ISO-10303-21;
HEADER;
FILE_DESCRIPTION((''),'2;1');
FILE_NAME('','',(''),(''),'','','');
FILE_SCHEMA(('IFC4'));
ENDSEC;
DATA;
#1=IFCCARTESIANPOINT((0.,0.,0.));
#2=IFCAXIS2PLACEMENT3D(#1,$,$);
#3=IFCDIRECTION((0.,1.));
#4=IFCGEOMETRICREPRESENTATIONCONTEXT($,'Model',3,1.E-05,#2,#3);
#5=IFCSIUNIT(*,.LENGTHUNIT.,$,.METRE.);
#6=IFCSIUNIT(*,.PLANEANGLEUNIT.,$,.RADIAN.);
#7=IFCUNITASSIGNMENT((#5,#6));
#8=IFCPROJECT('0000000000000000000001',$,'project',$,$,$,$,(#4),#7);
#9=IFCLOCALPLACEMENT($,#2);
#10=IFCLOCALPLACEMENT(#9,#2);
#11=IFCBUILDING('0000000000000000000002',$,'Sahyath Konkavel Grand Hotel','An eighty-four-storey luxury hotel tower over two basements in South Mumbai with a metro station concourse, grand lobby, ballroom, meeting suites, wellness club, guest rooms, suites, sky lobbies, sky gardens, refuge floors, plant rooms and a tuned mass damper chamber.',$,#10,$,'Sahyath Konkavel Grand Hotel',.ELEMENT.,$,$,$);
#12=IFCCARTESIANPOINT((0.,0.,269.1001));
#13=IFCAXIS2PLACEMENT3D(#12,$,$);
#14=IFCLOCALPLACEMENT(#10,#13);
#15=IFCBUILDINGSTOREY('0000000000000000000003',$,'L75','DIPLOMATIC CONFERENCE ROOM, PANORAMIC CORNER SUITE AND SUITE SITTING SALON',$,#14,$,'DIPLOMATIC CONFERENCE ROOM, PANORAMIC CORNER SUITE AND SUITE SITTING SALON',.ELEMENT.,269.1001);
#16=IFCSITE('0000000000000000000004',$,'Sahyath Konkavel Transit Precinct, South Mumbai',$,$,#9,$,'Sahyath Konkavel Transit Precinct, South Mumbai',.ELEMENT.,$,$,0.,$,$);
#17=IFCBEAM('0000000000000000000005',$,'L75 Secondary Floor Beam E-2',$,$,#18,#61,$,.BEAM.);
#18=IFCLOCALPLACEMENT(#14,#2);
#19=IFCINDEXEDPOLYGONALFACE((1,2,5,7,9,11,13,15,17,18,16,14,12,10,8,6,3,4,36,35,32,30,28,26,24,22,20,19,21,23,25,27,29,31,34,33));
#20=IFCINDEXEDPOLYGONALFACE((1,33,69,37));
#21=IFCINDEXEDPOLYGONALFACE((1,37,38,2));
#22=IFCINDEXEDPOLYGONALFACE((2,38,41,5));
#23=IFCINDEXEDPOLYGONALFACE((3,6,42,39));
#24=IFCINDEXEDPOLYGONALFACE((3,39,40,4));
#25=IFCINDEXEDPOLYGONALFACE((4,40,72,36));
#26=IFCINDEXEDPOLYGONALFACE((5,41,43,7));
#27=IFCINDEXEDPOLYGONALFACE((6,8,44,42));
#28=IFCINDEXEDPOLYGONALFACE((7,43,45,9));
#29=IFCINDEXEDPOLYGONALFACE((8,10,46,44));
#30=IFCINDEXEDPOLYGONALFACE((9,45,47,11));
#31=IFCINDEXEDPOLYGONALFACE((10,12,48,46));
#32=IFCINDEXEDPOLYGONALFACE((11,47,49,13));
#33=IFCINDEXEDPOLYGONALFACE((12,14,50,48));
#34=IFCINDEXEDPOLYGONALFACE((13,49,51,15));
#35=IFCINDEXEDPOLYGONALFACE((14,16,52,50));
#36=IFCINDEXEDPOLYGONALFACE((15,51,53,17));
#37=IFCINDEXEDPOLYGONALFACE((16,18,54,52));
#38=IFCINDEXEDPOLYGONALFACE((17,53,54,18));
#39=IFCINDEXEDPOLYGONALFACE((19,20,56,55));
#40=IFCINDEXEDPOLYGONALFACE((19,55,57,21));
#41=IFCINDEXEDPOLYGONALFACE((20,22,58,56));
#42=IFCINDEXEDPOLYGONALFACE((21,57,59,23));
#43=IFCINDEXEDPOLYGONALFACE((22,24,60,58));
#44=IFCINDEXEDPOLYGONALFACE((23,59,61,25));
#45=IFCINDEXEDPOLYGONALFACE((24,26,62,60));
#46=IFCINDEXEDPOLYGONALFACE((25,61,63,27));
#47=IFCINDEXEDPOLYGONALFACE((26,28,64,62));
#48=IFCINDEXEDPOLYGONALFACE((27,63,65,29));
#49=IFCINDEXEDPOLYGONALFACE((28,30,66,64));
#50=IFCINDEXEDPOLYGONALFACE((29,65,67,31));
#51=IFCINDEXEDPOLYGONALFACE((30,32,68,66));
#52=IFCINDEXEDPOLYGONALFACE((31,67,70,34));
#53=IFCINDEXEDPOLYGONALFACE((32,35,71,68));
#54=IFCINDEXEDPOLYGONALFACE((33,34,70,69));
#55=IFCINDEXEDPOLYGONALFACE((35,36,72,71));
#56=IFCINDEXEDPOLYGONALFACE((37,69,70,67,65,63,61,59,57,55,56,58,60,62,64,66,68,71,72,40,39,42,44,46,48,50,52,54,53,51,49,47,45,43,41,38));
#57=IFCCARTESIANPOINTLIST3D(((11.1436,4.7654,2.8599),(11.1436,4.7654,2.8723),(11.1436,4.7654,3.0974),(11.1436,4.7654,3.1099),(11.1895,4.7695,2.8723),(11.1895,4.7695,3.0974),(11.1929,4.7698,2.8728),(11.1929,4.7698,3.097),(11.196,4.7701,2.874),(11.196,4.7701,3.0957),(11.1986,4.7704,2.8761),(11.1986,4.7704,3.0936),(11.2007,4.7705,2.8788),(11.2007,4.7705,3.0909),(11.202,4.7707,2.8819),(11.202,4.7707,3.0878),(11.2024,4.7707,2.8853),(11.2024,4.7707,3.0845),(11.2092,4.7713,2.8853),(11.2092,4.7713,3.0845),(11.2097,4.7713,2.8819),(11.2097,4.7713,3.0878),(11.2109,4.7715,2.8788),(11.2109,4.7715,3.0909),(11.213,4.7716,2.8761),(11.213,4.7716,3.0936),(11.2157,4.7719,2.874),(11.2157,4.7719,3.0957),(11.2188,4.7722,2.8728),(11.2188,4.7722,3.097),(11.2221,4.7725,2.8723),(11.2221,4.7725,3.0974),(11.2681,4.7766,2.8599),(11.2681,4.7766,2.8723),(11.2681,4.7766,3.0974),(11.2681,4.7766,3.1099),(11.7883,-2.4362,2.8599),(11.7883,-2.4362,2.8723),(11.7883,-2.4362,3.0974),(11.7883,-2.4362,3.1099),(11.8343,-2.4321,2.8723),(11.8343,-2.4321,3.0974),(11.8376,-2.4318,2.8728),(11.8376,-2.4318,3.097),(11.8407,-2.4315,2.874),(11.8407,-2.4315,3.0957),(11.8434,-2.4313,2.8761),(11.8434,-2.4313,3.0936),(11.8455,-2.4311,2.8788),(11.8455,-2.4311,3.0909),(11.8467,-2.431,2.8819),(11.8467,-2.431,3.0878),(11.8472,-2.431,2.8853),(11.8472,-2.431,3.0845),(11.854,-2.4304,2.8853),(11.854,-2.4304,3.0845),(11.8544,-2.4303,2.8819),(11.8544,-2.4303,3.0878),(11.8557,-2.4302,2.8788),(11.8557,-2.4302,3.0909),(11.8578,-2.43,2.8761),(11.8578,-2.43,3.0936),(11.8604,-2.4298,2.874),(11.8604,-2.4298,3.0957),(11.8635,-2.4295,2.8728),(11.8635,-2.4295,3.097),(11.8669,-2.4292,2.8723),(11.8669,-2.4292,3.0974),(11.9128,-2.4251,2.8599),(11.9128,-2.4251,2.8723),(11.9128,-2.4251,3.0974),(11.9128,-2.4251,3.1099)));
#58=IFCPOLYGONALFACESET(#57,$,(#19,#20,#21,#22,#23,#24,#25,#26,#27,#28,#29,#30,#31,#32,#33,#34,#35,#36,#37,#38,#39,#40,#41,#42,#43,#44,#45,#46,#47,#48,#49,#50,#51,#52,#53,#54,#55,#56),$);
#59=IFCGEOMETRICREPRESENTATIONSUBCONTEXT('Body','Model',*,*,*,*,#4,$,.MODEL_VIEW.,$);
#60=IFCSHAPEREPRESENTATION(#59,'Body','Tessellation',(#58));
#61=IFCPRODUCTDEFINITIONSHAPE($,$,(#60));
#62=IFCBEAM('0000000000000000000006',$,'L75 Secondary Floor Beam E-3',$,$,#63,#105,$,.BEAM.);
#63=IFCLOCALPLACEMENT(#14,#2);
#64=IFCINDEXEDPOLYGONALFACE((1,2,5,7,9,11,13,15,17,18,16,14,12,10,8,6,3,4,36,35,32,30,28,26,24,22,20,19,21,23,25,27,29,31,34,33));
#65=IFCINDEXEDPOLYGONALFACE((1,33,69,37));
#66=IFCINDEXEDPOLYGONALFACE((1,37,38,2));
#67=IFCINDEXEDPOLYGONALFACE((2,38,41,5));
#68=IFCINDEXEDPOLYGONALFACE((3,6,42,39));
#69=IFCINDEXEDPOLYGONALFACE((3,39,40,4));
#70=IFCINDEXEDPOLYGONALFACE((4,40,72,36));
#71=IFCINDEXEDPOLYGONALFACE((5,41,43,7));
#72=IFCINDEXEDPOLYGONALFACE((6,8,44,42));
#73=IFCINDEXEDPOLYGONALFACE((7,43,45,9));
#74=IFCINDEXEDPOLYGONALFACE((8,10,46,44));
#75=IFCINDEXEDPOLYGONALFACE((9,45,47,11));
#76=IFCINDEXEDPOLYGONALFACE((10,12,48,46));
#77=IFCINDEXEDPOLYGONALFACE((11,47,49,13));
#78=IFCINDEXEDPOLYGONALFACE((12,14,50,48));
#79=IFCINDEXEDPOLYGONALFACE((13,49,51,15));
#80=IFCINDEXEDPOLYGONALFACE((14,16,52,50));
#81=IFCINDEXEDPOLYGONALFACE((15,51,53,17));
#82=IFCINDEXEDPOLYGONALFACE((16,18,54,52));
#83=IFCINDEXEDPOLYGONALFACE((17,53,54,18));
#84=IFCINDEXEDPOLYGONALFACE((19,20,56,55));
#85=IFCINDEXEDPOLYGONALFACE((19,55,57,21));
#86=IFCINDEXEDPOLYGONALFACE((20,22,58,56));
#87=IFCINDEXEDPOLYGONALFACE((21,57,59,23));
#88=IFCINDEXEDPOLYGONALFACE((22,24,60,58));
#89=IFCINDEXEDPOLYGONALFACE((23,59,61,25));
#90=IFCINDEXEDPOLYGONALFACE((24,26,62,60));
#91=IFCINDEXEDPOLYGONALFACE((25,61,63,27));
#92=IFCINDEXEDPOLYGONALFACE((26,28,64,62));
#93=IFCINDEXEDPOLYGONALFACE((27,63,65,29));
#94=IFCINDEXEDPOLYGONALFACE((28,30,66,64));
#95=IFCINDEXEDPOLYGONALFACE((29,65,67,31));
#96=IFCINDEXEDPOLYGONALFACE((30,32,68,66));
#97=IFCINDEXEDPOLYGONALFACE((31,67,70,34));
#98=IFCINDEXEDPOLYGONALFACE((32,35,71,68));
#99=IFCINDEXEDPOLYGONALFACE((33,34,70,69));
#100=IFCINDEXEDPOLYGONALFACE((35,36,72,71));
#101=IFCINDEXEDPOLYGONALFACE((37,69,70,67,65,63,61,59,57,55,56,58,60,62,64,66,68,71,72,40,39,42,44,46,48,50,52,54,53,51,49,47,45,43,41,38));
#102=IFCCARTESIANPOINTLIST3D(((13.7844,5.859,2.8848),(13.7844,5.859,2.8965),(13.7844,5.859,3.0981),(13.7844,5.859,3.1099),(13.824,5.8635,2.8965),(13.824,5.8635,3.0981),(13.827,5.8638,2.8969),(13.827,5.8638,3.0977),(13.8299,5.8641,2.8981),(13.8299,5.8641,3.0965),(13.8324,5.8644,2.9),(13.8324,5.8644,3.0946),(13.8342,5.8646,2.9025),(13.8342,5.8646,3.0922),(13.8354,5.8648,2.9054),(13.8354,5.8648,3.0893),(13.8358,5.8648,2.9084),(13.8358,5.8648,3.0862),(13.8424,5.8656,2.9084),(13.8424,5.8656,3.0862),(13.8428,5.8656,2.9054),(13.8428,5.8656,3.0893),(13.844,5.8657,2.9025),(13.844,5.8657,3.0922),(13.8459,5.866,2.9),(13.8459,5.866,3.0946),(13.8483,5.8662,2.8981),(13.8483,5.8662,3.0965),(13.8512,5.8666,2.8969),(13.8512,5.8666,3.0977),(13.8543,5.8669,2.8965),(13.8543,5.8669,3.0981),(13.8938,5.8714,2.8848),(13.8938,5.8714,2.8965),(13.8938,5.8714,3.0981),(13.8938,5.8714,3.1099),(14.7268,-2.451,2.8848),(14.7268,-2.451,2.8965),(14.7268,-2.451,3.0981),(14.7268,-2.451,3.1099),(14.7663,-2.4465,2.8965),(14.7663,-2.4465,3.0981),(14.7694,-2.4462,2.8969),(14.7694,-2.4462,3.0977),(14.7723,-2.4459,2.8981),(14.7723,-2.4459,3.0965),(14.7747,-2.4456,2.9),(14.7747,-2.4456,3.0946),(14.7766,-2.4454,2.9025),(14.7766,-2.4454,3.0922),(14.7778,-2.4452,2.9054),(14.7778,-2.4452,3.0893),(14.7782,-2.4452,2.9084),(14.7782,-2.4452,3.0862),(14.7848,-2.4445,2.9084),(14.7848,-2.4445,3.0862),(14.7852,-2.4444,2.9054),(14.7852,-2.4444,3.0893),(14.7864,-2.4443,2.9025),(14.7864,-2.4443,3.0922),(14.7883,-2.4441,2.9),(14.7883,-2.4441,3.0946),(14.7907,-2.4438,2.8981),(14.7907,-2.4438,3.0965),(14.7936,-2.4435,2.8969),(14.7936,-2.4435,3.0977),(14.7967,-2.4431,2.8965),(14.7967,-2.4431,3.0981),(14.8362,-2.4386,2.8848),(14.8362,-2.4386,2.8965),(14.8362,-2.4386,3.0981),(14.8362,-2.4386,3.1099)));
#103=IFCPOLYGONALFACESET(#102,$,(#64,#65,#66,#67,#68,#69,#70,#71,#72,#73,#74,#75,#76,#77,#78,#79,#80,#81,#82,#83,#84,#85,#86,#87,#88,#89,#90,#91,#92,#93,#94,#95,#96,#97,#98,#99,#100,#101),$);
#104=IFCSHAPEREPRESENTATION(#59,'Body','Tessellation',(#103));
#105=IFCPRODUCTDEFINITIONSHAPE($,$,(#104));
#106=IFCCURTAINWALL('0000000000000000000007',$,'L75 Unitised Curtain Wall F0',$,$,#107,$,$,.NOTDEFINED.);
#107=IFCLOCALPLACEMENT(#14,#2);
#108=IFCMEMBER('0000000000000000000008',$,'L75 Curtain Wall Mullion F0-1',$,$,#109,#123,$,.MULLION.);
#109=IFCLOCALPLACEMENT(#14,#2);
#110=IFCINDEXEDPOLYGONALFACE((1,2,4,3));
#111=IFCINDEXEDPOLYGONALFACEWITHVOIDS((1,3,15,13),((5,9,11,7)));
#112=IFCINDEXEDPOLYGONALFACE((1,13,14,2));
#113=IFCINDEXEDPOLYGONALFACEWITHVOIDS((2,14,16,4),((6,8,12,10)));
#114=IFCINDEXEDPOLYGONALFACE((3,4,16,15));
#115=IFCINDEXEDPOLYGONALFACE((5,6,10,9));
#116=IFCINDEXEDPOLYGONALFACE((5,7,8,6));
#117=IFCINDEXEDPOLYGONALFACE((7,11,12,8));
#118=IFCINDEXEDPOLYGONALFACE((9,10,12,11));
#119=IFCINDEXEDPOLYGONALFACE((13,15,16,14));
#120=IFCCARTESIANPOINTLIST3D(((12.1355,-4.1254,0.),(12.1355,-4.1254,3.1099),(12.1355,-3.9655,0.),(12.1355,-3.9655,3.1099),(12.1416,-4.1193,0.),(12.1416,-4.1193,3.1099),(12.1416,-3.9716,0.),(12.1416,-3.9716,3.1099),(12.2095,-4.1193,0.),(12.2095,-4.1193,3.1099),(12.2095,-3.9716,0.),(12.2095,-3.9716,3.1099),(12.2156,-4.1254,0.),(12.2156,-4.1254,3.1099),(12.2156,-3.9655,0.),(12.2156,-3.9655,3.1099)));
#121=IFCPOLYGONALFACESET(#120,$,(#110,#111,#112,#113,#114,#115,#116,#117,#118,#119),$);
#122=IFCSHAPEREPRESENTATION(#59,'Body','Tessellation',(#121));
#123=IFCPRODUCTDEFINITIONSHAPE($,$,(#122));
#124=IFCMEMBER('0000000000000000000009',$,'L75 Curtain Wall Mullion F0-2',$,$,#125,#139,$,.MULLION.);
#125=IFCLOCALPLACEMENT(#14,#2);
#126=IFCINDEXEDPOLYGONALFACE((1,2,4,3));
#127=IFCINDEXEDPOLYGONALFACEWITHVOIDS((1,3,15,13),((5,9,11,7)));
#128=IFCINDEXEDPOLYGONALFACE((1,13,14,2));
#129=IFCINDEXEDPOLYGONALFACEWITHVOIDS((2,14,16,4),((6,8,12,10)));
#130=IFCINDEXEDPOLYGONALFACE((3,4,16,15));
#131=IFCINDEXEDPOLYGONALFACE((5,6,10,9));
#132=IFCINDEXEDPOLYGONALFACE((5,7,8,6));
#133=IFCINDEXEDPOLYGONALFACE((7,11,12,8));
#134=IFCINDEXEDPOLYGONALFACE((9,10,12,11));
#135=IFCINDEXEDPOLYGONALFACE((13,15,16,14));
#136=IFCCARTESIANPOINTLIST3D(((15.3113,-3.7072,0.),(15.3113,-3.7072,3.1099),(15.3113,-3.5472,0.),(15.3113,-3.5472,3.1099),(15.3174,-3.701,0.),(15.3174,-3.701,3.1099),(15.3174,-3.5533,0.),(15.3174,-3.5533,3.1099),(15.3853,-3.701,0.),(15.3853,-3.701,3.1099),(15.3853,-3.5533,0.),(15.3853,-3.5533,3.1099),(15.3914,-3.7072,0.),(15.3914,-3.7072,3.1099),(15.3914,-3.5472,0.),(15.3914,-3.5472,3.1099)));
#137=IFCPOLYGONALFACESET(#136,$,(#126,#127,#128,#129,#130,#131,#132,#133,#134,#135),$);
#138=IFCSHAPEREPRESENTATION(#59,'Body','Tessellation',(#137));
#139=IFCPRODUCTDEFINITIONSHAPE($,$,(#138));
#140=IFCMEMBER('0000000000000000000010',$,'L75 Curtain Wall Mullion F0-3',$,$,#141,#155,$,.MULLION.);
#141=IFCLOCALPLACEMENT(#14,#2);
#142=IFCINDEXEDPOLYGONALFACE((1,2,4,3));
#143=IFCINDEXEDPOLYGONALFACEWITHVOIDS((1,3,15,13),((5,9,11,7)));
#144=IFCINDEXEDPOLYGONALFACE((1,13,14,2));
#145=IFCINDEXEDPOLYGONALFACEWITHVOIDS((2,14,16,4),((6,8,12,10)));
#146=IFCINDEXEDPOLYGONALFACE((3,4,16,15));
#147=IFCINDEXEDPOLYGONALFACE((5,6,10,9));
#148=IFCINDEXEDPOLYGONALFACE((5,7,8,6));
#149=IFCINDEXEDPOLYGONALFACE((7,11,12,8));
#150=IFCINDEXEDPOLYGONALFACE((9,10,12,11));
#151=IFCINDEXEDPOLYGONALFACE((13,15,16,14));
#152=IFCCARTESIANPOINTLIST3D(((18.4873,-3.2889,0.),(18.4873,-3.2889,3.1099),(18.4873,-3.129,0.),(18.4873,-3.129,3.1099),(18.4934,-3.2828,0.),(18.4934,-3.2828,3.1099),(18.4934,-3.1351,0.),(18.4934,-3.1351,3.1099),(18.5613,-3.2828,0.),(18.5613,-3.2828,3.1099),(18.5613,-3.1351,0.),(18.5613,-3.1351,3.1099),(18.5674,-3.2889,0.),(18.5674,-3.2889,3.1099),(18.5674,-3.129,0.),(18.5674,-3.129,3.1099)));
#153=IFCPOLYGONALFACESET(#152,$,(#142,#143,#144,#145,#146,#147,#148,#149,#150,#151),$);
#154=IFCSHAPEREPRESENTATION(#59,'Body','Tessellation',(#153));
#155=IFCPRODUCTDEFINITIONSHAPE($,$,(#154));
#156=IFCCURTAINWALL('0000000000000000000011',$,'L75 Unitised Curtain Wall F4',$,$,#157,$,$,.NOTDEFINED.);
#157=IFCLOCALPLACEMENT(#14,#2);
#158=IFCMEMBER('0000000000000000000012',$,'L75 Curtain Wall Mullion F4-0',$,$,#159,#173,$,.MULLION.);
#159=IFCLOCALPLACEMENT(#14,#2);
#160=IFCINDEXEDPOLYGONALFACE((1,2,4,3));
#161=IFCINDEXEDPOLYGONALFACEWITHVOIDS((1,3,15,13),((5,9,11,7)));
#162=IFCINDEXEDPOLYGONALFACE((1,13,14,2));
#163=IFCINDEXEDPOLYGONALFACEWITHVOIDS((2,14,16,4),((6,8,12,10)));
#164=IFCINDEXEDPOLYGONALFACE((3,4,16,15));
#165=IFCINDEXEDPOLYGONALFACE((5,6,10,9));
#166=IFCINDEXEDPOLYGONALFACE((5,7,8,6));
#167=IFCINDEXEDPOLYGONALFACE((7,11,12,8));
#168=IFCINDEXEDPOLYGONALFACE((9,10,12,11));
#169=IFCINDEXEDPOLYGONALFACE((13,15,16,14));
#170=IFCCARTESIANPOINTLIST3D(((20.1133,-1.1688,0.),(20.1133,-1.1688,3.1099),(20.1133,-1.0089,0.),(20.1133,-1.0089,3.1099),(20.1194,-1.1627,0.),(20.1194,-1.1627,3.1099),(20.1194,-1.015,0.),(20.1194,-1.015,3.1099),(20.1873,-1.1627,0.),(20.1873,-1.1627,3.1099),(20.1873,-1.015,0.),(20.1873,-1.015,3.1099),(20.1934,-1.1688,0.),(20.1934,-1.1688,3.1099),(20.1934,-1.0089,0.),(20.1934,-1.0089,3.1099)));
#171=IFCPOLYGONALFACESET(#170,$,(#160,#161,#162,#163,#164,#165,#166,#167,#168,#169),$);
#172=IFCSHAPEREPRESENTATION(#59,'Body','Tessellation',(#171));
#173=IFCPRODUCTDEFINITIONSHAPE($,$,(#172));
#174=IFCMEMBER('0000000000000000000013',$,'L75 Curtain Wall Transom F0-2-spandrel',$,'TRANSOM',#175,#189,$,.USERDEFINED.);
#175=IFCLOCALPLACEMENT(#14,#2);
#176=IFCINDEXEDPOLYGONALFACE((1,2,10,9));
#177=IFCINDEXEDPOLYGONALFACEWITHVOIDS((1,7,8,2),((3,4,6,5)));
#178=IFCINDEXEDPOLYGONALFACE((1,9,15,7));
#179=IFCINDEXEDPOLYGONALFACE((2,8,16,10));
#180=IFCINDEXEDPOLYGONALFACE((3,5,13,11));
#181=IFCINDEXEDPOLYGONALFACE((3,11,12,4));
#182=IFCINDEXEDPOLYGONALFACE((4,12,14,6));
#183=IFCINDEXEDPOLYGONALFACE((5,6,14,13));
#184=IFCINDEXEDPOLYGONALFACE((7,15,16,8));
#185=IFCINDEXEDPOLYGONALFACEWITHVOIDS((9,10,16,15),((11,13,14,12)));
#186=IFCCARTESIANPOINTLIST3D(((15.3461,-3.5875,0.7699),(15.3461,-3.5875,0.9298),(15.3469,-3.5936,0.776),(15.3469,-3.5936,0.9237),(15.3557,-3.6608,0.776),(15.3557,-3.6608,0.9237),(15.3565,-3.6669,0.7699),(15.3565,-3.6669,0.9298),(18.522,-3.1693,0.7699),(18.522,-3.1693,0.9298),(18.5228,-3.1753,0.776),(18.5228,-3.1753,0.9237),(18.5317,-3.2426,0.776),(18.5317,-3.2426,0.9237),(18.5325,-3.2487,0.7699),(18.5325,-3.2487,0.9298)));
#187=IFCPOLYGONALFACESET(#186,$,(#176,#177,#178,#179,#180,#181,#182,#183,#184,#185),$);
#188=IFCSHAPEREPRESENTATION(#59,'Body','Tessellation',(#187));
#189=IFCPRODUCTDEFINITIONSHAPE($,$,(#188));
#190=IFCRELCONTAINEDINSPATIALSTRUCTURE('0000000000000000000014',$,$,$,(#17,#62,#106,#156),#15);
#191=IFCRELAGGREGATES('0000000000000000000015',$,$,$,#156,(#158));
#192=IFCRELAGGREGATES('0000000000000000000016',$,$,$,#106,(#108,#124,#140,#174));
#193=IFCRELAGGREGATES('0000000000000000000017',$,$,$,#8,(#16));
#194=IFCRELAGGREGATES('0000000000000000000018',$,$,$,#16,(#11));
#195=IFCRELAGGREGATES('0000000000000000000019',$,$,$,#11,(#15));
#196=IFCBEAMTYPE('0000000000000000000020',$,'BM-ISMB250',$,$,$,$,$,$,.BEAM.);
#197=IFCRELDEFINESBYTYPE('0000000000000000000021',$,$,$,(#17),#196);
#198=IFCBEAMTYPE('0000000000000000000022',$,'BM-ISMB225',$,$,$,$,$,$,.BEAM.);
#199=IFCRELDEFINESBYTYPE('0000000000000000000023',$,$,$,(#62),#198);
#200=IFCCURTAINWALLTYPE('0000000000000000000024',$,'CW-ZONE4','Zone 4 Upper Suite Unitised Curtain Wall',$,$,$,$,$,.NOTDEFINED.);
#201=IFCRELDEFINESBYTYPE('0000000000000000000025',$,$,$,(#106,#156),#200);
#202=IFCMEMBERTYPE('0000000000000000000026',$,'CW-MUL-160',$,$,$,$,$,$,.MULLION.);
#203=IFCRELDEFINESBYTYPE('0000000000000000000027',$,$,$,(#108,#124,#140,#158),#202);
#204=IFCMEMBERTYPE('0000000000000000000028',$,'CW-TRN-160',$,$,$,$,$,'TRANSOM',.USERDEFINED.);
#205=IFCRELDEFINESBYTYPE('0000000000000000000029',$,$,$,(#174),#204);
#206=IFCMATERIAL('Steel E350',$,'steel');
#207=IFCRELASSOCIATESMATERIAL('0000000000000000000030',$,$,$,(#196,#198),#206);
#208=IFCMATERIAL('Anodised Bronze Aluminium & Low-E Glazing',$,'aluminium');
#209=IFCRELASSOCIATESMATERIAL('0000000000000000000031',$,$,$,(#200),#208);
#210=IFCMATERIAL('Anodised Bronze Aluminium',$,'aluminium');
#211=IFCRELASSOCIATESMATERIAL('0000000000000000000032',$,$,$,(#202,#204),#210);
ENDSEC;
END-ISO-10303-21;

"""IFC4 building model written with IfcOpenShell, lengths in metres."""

from ifc_helpers import new_model, si_unit, direction, frame, origin, origin_2d, place, context, subcontext, project, spatial, hollow_rectangle, i_section, extrude, source, transform, mapped, material, material_profile, profile_set, type_object, element, aggregate, save


model = new_model("IFC4")

# Units and contexts
model_context = context("Model", 3, precision=1e-05, world=origin(), true_north=direction((0.0, 1.0)))
body_context = subcontext(model_context, "Body", "Model", "MODEL_VIEW")
ifc_project = project(units=[si_unit("LENGTHUNIT", "METRE"), si_unit("PLANEANGLEUNIT", "RADIAN")], contexts=[model_context])

# Site, building, storey
site_placement = place(None, origin())
site = spatial("IfcSite", under=ifc_project, at=site_placement, Name="Sahyath Konkavel Transit Precinct, South Mumbai", LongName="Sahyath Konkavel Transit Precinct, South Mumbai", CompositionType="ELEMENT", RefElevation=0.0)
building_placement = place(site_placement, origin())
building = spatial("IfcBuilding", under=site, at=building_placement, Name="Sahyath Konkavel Grand Hotel", Description="An eighty-four-storey luxury hotel tower over two basements in South Mumbai with a metro station concourse, grand lobby, ballroom, meeting suites, wellness club, guest rooms, suites, sky lobbies, sky gardens, refuge floors, plant rooms and a tuned mass damper chamber.", LongName="Sahyath Konkavel Grand Hotel", CompositionType="ELEMENT")
storey_placement = place(building_placement, frame((0.0, 0.0, 269.1001)))
storey = spatial("IfcBuildingStorey", under=building, at=storey_placement, Name="L75", Description="DIPLOMATIC CONFERENCE ROOM, PANORAMIC CORNER SUITE AND SUITE SITTING SALON", LongName="DIPLOMATIC CONFERENCE ROOM, PANORAMIC CORNER SUITE AND SUITE SITTING SALON", CompositionType="ELEMENT", Elevation=269.1001)

# Beams
ifc_material_1 = material(Name="Steel E350", Category="steel")
ifc_material_profile_1 = material_profile(ifc_material_1, i_section(OverallWidth=0.125, OverallDepth=0.25, WebThickness=0.0068, FlangeThickness=0.0125, FilletRadius=0.0129, at=origin_2d()), Name="ISMB 250")
ifc_profile_set_1 = profile_set([ifc_material_profile_1], Name="Steel E350")
beam_type_1 = type_object("IfcBeamType", Name="BM-ISMB250", PredefinedType="BEAM", material=ifc_profile_set_1)
shared_shape_1 = source(origin(), body_context, "Body", "SweptSolid", [
    extrude(i_section(OverallWidth=0.125, OverallDepth=0.25, WebThickness=0.0068, FlangeThickness=0.0125, FilletRadius=0.0129, at=origin_2d()), origin(), (0.0, 0.0, 1.0), 7.2305),
])
beam_1_placement = place(storey_placement, frame((11.8506, -2.4307, 2.9849), z_axis=(-0.089175, 0.996016, 0.0), x_axis=(-0.996016, -0.089175, 0.0)))
element("IfcBeam", 1, at=beam_1_placement, inside=storey, type_object=beam_type_1, Name="L75 Secondary Floor Beam E-2", PredefinedType="BEAM", context=body_context, shape_type="MappedRepresentation", body=[
    mapped(shared_shape_1, transform((0.0, 0.0, 0.0), scale=1.0)),
])
ifc_material_profile_2 = material_profile(ifc_material_1, i_section(OverallWidth=0.1101, OverallDepth=0.2251, WebThickness=0.0066, FlangeThickness=0.0117, FilletRadius=0.012, at=origin_2d()), Name="ISMB 225")
ifc_profile_set_2 = profile_set([ifc_material_profile_2], Name="Steel E350")
beam_type_2 = type_object("IfcBeamType", Name="BM-ISMB225", PredefinedType="BEAM", material=ifc_profile_set_2)
shared_shape_2 = source(origin(), body_context, "Body", "SweptSolid", [
    extrude(i_section(OverallWidth=0.1101, OverallDepth=0.2251, WebThickness=0.0066, FlangeThickness=0.0117, FilletRadius=0.012, at=origin_2d()), origin(), (0.0, 0.0, 1.0), 8.3633),
])
beam_2_placement = place(storey_placement, frame((14.7815, -2.4448, 2.9973), z_axis=(-0.11268, 0.993631, 0.0), x_axis=(-0.993631, -0.11268, 0.0)))
element("IfcBeam", 2, at=beam_2_placement, inside=storey, type_object=beam_type_2, Name="L75 Secondary Floor Beam E-3", PredefinedType="BEAM", context=body_context, shape_type="MappedRepresentation", body=[
    mapped(shared_shape_2, transform((0.0, 0.0, 0.0), scale=1.0)),
])

# Curtain wall, members
ifc_material_2 = material(Name="Anodised Bronze Aluminium & Low-E Glazing", Category="aluminium")
curtain_wall_type = type_object("IfcCurtainWallType", Name="CW-ZONE4", Description="Zone 4 Upper Suite Unitised Curtain Wall", PredefinedType="NOTDEFINED", material=ifc_material_2)
curtain_wall_1_placement = place(storey_placement, origin())
curtain_wall_1 = element("IfcCurtainWall", 3, at=curtain_wall_1_placement, inside=storey, type_object=curtain_wall_type, Name="L75 Unitised Curtain Wall F0", PredefinedType="NOTDEFINED")
ifc_material_3 = material(Name="Anodised Bronze Aluminium", Category="aluminium")
ifc_material_profile_3 = material_profile(ifc_material_3, hollow_rectangle(XDim=0.0801, YDim=0.1599, WallThickness=0.0061, at=origin_2d()), Name="RHS 160x80x6")
ifc_profile_set_3 = profile_set([ifc_material_profile_3], Name="Anodised Bronze Aluminium")
member_type_1 = type_object("IfcMemberType", Name="CW-MUL-160", PredefinedType="MULLION", material=ifc_profile_set_3)
shared_shape_3 = source(origin(), body_context, "Body", "SweptSolid", [
    extrude(hollow_rectangle(XDim=0.0801, YDim=0.1599, WallThickness=0.0061, at=origin_2d()), origin(), (0.0, 0.0, 1.0), 3.1099),
])
member_1_placement = place(storey_placement, frame((12.1755, -4.0454, 0.0), z_axis=(0.0, 0.0, 1.0), x_axis=(1.0, 0.0, 0.0)))
member_1 = element("IfcMember", 4, at=member_1_placement, type_object=member_type_1, Name="L75 Curtain Wall Mullion F0-1", PredefinedType="MULLION", context=body_context, shape_type="MappedRepresentation", body=[
    mapped(shared_shape_3, transform((0.0, 0.0, 0.0), scale=1.0)),
])
member_2_placement = place(storey_placement, frame((15.3513, -3.6272, 0.0), z_axis=(0.0, 0.0, 1.0), x_axis=(1.0, 0.0, 0.0)))
member_2 = element("IfcMember", 5, at=member_2_placement, type_object=member_type_1, Name="L75 Curtain Wall Mullion F0-2", PredefinedType="MULLION", context=body_context, shape_type="MappedRepresentation", body=[
    mapped(shared_shape_3, transform((0.0, 0.0, 0.0), scale=1.0)),
])
member_3_placement = place(storey_placement, frame((18.5273, -3.209, 0.0), z_axis=(0.0, 0.0, 1.0), x_axis=(1.0, 0.0, 0.0)))
member_3 = element("IfcMember", 6, at=member_3_placement, type_object=member_type_1, Name="L75 Curtain Wall Mullion F0-3", PredefinedType="MULLION", context=body_context, shape_type="MappedRepresentation", body=[
    mapped(shared_shape_3, transform((0.0, 0.0, 0.0), scale=1.0)),
])

# Curtain wall, member
curtain_wall_2_placement = place(storey_placement, origin())
curtain_wall_2 = element("IfcCurtainWall", 7, at=curtain_wall_2_placement, inside=storey, type_object=curtain_wall_type, Name="L75 Unitised Curtain Wall F4", PredefinedType="NOTDEFINED")
member_4_placement = place(storey_placement, frame((20.1533, -1.0889, 0.0), z_axis=(0.0, 0.0, 1.0), x_axis=(1.0, 0.0, 0.0)))
member_4 = element("IfcMember", 8, at=member_4_placement, type_object=member_type_1, Name="L75 Curtain Wall Mullion F4-0", PredefinedType="MULLION", context=body_context, shape_type="MappedRepresentation", body=[
    mapped(shared_shape_3, transform((0.0, 0.0, 0.0), scale=1.0)),
])

# Member
ifc_material_profile_4 = material_profile(ifc_material_3, hollow_rectangle(XDim=0.0801, YDim=0.1599, WallThickness=0.0061, at=origin_2d()), Name="RHS 160x80x6")
ifc_profile_set_4 = profile_set([ifc_material_profile_4], Name="Anodised Bronze Aluminium")
member_type_2 = type_object("IfcMemberType", Name="CW-TRN-160", ElementType="TRANSOM", PredefinedType="USERDEFINED", material=ifc_profile_set_4)
shared_shape_4 = source(origin(), body_context, "Body", "SweptSolid", [
    extrude(hollow_rectangle(XDim=0.0801, YDim=0.1599, WallThickness=0.0061, at=origin_2d()), origin(), (0.0, 0.0, 1.0), 3.2034),
])
member_5_placement = place(storey_placement, frame((15.3513, -3.6272, 0.8499), z_axis=(0.991442, 0.130551, 0.0), x_axis=(-0.130551, 0.991442, 0.0)))
member_5 = element("IfcMember", 9, at=member_5_placement, type_object=member_type_2, Name="L75 Curtain Wall Transom F0-2-spandrel", ObjectType="TRANSOM", PredefinedType="USERDEFINED", context=body_context, shape_type="MappedRepresentation", body=[
    mapped(shared_shape_4, transform((0.0, 0.0, 0.0), scale=1.0)),
])
aggregate(curtain_wall_2, [member_4])

aggregate(curtain_wall_1, [member_1, member_2, member_3, member_5])

save(model, "model.ifc")
